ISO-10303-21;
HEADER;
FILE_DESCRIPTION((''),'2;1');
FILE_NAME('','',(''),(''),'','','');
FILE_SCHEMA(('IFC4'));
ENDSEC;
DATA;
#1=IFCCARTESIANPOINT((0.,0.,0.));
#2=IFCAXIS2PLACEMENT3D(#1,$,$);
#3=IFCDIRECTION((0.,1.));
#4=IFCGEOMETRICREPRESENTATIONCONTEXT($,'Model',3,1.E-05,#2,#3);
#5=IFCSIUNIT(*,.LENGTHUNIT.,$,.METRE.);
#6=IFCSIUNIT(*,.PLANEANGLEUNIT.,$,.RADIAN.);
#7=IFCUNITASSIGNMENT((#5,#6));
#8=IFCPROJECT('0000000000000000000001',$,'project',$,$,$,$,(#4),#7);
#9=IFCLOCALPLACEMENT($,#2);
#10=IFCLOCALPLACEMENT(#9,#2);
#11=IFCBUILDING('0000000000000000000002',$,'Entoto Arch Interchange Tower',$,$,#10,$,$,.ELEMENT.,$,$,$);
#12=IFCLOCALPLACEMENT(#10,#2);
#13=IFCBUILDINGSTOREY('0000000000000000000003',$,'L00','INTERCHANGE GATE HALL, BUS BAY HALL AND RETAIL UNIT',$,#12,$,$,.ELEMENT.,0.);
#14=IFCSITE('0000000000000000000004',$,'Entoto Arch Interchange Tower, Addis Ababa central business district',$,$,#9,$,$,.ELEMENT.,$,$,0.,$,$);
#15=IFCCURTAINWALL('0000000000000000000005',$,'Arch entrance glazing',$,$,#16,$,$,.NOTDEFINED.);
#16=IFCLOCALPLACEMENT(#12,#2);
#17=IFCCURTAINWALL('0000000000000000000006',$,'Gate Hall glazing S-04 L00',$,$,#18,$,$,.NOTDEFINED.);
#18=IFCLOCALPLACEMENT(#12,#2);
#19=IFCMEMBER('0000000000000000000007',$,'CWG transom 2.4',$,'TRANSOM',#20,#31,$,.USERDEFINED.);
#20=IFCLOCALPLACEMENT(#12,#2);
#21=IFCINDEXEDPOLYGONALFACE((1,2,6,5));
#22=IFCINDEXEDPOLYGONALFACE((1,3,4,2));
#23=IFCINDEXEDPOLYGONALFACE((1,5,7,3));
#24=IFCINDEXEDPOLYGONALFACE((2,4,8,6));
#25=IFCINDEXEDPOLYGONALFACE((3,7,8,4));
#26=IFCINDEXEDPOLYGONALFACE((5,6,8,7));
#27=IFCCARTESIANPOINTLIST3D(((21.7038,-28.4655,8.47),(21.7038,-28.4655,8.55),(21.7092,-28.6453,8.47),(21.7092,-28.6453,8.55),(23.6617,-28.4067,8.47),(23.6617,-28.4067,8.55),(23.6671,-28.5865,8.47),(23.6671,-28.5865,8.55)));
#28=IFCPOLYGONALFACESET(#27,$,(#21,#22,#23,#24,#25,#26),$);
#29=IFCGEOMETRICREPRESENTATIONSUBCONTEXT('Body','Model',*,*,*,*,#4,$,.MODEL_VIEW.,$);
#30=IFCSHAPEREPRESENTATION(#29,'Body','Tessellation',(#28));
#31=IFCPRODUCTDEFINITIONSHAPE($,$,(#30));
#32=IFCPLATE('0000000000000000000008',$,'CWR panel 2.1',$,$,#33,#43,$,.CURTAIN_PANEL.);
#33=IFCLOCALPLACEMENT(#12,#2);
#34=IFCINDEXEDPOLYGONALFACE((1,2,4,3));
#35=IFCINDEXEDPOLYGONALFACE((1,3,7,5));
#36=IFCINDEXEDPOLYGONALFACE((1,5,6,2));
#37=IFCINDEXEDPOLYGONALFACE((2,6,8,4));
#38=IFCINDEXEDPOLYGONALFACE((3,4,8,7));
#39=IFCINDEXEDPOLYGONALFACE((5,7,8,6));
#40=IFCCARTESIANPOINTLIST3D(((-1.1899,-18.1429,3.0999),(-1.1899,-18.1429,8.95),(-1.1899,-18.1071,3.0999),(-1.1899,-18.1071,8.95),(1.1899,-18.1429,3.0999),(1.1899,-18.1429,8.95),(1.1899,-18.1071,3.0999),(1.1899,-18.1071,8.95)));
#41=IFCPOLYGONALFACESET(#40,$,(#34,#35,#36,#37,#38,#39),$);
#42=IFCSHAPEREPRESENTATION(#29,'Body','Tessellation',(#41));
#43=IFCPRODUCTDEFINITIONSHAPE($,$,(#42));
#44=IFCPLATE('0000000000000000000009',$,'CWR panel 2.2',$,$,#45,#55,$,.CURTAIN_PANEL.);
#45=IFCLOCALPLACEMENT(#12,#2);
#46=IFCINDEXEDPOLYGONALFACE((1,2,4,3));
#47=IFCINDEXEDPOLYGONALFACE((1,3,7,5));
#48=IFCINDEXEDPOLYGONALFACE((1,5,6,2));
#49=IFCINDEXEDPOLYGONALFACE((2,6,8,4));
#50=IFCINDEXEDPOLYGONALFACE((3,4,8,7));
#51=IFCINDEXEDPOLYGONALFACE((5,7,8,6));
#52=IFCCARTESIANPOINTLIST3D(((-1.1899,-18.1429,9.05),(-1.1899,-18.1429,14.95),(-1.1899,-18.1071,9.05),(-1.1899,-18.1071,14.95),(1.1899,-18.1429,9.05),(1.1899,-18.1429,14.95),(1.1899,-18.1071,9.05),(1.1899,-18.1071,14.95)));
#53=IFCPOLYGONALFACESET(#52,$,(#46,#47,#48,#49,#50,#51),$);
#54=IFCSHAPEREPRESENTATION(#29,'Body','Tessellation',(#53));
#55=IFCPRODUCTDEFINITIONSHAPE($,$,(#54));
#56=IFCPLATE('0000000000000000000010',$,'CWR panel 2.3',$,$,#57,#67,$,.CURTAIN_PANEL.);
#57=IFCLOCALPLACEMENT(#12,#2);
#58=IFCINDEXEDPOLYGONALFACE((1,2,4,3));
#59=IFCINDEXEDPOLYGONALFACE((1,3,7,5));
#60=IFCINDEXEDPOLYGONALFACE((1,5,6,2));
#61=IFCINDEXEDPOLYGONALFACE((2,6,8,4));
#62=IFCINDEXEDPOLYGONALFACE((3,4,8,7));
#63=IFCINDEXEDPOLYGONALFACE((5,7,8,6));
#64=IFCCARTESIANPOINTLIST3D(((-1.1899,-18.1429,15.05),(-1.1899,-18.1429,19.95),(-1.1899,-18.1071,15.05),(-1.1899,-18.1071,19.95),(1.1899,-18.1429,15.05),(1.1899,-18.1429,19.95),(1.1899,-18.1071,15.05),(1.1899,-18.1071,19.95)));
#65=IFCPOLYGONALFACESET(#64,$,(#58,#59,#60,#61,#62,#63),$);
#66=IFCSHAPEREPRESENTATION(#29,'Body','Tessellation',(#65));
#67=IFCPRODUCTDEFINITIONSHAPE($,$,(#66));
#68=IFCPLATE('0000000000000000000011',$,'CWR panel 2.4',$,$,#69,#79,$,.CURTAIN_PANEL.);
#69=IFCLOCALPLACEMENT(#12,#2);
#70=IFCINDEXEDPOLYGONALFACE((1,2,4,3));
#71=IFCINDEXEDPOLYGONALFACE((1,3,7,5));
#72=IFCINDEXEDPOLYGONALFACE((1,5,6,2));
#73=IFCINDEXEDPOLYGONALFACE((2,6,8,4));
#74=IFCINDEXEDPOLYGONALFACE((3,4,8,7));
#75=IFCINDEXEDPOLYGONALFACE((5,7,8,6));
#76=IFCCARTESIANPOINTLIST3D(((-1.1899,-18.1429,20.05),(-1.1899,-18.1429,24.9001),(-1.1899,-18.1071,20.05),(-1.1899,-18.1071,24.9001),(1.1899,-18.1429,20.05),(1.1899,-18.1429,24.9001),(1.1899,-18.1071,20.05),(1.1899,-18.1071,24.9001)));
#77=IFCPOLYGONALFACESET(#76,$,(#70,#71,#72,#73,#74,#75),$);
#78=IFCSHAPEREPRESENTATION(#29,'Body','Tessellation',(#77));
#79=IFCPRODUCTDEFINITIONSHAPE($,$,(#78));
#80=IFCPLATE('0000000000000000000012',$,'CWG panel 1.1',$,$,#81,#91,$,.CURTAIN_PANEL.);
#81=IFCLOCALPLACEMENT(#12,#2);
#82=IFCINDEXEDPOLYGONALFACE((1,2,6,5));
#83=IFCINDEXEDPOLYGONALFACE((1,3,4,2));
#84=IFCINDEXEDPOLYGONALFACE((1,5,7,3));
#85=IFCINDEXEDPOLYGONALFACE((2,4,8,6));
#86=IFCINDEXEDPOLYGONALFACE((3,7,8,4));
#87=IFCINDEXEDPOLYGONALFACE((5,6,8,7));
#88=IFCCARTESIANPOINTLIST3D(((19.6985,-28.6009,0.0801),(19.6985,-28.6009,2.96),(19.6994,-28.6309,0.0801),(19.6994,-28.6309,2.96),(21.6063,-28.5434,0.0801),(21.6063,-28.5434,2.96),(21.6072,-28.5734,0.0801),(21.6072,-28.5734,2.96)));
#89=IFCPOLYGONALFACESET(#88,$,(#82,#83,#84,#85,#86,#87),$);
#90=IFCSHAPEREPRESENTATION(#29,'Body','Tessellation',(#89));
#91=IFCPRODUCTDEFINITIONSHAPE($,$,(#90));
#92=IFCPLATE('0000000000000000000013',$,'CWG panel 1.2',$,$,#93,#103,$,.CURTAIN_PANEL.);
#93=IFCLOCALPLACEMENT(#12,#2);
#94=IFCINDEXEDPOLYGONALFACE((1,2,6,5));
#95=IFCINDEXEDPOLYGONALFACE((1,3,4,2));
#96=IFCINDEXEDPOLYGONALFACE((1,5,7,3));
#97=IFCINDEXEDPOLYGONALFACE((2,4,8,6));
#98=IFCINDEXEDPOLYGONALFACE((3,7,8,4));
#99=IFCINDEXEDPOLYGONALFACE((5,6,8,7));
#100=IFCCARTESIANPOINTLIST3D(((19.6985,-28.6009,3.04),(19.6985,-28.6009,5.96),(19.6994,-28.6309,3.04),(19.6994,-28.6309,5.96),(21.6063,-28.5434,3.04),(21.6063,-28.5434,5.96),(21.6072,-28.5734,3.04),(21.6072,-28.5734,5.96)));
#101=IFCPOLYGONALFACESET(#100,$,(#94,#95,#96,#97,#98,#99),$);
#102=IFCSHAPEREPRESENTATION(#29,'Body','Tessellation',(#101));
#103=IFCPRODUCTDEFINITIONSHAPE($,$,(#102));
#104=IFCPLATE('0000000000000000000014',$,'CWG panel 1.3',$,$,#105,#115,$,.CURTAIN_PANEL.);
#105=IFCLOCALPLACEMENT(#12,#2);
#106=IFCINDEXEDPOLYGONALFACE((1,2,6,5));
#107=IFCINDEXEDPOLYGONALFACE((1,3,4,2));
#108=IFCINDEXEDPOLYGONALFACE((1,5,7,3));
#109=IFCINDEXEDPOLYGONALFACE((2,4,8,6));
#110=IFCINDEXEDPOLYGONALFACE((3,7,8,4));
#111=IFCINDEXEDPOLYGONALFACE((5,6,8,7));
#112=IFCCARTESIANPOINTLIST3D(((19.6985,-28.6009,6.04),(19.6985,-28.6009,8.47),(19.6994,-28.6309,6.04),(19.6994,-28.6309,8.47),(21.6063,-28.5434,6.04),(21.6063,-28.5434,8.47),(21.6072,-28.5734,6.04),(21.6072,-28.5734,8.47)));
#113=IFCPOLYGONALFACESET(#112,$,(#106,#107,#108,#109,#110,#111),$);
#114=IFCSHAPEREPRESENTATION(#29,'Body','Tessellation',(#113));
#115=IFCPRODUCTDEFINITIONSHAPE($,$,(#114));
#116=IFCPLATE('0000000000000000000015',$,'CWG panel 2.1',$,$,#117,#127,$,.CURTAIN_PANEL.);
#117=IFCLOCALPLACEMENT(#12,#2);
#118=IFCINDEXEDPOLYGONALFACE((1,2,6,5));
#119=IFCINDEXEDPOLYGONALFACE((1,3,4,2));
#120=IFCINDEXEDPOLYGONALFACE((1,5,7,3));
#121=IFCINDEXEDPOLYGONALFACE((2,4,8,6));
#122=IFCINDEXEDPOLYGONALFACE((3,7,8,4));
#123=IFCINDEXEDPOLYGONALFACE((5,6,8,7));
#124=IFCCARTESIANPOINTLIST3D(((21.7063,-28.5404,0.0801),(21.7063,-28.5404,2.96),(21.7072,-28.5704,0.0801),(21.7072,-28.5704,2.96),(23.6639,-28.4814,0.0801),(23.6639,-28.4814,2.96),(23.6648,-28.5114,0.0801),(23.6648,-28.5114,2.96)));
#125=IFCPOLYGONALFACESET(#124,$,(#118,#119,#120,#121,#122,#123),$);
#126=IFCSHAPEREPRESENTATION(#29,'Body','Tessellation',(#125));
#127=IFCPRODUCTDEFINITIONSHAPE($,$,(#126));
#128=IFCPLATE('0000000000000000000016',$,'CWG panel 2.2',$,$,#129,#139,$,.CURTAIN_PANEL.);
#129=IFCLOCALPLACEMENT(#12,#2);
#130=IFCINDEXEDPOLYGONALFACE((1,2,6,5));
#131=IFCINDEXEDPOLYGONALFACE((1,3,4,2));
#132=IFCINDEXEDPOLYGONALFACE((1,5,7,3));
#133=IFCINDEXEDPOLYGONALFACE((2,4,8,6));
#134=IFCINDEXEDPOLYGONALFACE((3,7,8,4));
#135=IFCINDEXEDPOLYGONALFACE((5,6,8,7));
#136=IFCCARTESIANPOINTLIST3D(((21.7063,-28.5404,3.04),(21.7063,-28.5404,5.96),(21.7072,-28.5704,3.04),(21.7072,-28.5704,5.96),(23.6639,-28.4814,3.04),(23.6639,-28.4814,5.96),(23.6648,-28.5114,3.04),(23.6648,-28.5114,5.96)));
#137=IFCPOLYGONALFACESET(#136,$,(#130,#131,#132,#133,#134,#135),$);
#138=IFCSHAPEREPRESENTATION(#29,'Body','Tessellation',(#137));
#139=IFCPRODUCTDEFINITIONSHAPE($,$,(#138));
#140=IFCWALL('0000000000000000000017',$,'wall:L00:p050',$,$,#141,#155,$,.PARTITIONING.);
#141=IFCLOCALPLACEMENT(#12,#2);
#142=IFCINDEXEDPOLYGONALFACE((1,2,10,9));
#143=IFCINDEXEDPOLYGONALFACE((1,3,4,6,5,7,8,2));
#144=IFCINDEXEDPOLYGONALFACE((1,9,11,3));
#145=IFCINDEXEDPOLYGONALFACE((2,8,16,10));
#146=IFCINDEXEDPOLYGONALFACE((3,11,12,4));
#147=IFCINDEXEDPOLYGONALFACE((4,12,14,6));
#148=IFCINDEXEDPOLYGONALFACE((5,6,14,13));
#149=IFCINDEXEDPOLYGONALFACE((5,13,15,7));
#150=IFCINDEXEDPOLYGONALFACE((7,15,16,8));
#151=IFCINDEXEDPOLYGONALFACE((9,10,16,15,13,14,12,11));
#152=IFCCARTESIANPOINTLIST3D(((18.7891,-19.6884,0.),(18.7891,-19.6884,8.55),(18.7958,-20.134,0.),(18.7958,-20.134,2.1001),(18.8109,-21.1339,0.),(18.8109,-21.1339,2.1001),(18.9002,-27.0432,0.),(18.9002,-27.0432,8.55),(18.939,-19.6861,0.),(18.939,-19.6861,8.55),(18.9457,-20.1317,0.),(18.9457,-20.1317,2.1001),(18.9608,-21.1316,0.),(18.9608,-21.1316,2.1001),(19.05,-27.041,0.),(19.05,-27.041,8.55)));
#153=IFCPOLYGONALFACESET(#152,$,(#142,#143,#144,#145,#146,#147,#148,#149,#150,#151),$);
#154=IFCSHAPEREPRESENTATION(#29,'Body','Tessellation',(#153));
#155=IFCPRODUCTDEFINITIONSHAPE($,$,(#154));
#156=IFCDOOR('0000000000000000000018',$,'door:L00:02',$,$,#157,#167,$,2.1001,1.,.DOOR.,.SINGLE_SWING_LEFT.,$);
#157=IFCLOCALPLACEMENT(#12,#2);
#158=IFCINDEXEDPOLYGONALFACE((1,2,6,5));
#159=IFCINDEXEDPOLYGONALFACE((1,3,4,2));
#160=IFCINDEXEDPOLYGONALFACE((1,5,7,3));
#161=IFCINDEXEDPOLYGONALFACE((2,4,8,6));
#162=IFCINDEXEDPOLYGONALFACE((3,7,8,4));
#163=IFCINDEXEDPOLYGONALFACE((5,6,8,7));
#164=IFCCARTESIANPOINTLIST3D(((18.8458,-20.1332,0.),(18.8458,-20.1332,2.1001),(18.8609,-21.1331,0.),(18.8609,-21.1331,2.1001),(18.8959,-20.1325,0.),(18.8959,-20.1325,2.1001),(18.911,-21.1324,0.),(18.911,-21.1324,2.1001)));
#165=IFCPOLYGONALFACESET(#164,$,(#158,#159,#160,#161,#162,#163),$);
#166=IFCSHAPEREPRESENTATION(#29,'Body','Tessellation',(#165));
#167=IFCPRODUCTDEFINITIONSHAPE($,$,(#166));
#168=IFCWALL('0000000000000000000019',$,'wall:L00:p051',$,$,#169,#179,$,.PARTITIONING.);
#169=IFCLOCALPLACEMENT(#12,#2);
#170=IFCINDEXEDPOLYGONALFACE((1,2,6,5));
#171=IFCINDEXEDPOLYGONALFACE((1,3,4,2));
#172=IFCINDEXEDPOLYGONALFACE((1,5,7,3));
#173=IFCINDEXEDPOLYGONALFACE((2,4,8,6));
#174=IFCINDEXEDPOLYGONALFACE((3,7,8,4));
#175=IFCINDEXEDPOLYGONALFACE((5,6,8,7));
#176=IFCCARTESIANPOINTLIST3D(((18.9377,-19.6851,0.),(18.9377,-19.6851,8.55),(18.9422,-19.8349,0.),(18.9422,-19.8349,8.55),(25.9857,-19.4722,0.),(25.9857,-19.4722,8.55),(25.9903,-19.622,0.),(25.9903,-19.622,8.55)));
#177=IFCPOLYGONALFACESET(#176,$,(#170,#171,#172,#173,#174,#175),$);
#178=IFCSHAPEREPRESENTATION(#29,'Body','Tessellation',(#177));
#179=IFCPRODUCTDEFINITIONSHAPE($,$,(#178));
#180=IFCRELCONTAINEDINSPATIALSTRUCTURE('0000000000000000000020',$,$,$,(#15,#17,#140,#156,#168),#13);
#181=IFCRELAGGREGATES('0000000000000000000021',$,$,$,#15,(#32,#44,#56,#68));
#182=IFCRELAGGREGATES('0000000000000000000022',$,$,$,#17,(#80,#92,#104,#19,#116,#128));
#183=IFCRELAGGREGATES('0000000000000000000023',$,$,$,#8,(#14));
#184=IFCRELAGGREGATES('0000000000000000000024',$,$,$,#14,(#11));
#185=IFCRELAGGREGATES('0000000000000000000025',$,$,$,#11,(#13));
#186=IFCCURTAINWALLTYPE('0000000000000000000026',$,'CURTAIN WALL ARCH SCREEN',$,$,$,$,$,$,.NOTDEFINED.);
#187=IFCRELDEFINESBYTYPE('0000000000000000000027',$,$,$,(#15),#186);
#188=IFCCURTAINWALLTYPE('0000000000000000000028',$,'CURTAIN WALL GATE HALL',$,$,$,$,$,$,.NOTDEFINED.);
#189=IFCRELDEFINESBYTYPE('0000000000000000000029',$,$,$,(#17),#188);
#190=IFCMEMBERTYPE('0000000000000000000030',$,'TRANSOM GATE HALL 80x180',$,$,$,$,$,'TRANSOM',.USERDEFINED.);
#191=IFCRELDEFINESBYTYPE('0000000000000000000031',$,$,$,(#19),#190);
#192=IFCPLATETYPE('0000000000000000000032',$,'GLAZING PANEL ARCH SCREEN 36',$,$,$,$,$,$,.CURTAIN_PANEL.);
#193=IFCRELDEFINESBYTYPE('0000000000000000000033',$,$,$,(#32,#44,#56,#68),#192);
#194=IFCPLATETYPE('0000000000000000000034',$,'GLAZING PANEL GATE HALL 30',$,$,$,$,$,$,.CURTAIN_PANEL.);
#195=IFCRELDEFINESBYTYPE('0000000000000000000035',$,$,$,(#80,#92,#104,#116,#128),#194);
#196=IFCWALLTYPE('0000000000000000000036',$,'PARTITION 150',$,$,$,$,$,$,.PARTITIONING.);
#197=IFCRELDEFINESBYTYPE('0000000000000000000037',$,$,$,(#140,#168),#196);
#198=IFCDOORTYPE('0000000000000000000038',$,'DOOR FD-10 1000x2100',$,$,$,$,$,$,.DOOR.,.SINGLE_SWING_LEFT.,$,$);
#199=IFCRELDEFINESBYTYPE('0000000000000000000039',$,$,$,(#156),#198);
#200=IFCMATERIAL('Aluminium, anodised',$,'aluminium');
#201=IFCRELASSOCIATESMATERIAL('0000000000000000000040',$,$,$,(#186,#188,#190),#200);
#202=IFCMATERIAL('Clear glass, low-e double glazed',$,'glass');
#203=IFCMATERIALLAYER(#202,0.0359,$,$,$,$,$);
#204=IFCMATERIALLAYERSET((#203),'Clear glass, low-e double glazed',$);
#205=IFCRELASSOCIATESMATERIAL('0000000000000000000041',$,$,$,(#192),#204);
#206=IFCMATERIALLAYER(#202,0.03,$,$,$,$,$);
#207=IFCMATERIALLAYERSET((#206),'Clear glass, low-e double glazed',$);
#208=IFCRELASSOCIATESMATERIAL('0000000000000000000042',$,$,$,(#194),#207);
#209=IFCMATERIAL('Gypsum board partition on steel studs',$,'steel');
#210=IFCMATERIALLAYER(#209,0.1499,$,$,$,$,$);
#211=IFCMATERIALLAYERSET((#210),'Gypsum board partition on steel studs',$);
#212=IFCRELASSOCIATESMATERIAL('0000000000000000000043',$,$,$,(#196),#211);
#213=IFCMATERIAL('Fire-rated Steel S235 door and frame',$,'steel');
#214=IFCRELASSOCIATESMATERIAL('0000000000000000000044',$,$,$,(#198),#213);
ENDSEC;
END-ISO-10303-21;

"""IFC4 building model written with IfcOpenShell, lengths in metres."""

from ifc_helpers import new_model, si_unit, direction, frame, frame_2d, origin, origin_2d, place, context, subcontext, project, spatial, rectangle, extrude, material, layer, layer_set, material_profile, profile_set, type_object, element, fill, aggregate, save


model = new_model("IFC4")

# Units and contexts
model_context = context("Model", 3, precision=1e-05, world=origin(), true_north=direction((0.0, 1.0)))
body_context = subcontext(model_context, "Body", "Model", "MODEL_VIEW")
ifc_project = project(units=[si_unit("LENGTHUNIT", "METRE"), si_unit("PLANEANGLEUNIT", "RADIAN")], contexts=[model_context])

# Site, building, storey
site_placement = place(None, origin())
site = spatial("IfcSite", under=ifc_project, at=site_placement, Name="Entoto Arch Interchange Tower, Addis Ababa central business district", CompositionType="ELEMENT", RefElevation=0.0)
building_placement = place(site_placement, origin())
building = spatial("IfcBuilding", under=site, at=building_placement, Name="Entoto Arch Interchange Tower", CompositionType="ELEMENT")
storey_placement = place(building_placement, origin())
storey = spatial("IfcBuildingStorey", under=building, at=storey_placement, Name="L00", Description="INTERCHANGE GATE HALL, BUS BAY HALL AND RETAIL UNIT", CompositionType="ELEMENT", Elevation=0.0)

# Curtain wall
ifc_material_1 = material(Name="Aluminium, anodised", Category="aluminium")
curtain_wall_type_1 = type_object("IfcCurtainWallType", Name="CURTAIN WALL ARCH SCREEN", PredefinedType="NOTDEFINED", material=ifc_material_1)
curtain_wall_1_placement = place(storey_placement, origin())
curtain_wall_1 = element("IfcCurtainWall", 1, at=curtain_wall_1_placement, inside=storey, type_object=curtain_wall_type_1, Name="Arch entrance glazing", PredefinedType="NOTDEFINED")

# Curtain wall
curtain_wall_type_2 = type_object("IfcCurtainWallType", Name="CURTAIN WALL GATE HALL", PredefinedType="NOTDEFINED", material=ifc_material_1)
curtain_wall_2_placement = place(storey_placement, origin())
curtain_wall_2 = element("IfcCurtainWall", 2, at=curtain_wall_2_placement, inside=storey, type_object=curtain_wall_type_2, Name="Gate Hall glazing S-04 L00", PredefinedType="NOTDEFINED")

# Member
ifc_material_profile_1 = material_profile(ifc_material_1, rectangle(XDim=0.1799, YDim=0.0801, at=origin_2d()))
ifc_profile_set_1 = profile_set([ifc_material_profile_1], Name="Aluminium, anodised")
member_type_1 = type_object("IfcMemberType", Name="TRANSOM GATE HALL 80x180", ElementType="TRANSOM", PredefinedType="USERDEFINED", material=ifc_profile_set_1)
member_1_placement = place(storey_placement, frame((21.7065, -28.5554, 8.51), z_axis=(0.999549, 0.03004, 0.0), x_axis=(-0.03004, 0.999549, 0.0)))
member_1 = element("IfcMember", 3, at=member_1_placement, type_object=member_type_1, Name="CWG transom 2.4", ObjectType="TRANSOM", PredefinedType="USERDEFINED", context=body_context, shape_type="SweptSolid", body=[
    extrude(rectangle(XDim=0.1799, YDim=0.0801, at=origin_2d()), origin(), (0.0, 0.0, 1.0), 1.9587),
])

# Plates
ifc_material_2 = material(Name="Clear glass, low-e double glazed", Category="glass")
ifc_layer_1 = layer(ifc_material_2, 0.0359)
ifc_layer_set_1 = layer_set([ifc_layer_1], Name="Clear glass, low-e double glazed")
plate_type_1 = type_object("IfcPlateType", Name="GLAZING PANEL ARCH SCREEN 36", PredefinedType="CURTAIN_PANEL", material=ifc_layer_set_1)
plate_1_placement = place(storey_placement, frame((0.0, -18.125, 3.0999), z_axis=(0.0, 0.0, 1.0), x_axis=(1.0, 0.0, 0.0)))
plate_1 = element("IfcPlate", 4, at=plate_1_placement, type_object=plate_type_1, Name="CWR panel 2.1", PredefinedType="CURTAIN_PANEL", context=body_context, shape_type="SweptSolid", body=[
    extrude(rectangle(XDim=2.3799, YDim=0.0359, at=origin_2d()), origin(), (0.0, 0.0, 1.0), 5.8501),
])
plate_2_placement = place(storey_placement, frame((0.0, -18.125, 9.05), z_axis=(0.0, 0.0, 1.0), x_axis=(1.0, 0.0, 0.0)))
plate_2 = element("IfcPlate", 5, at=plate_2_placement, type_object=plate_type_1, Name="CWR panel 2.2", PredefinedType="CURTAIN_PANEL", context=body_context, shape_type="SweptSolid", body=[
    extrude(rectangle(XDim=2.3799, YDim=0.0359, at=origin_2d()), origin(), (0.0, 0.0, 1.0), 5.8999),
])
plate_3_placement = place(storey_placement, frame((0.0, -18.125, 15.05), z_axis=(0.0, 0.0, 1.0), x_axis=(1.0, 0.0, 0.0)))
plate_3 = element("IfcPlate", 6, at=plate_3_placement, type_object=plate_type_1, Name="CWR panel 2.3", PredefinedType="CURTAIN_PANEL", context=body_context, shape_type="SweptSolid", body=[
    extrude(rectangle(XDim=2.3799, YDim=0.0359, at=origin_2d()), origin(), (0.0, 0.0, 1.0), 4.8999),
])
plate_4_placement = place(storey_placement, frame((0.0, -18.125, 20.05), z_axis=(0.0, 0.0, 1.0), x_axis=(1.0, 0.0, 0.0)))
plate_4 = element("IfcPlate", 7, at=plate_4_placement, type_object=plate_type_1, Name="CWR panel 2.4", PredefinedType="CURTAIN_PANEL", context=body_context, shape_type="SweptSolid", body=[
    extrude(rectangle(XDim=2.3799, YDim=0.0359, at=origin_2d()), origin(), (0.0, 0.0, 1.0), 4.8501),
])
aggregate(curtain_wall_1, [plate_1, plate_2, plate_3, plate_4])
ifc_layer_2 = layer(ifc_material_2, 0.03)
ifc_layer_set_2 = layer_set([ifc_layer_2], Name="Clear glass, low-e double glazed")
plate_type_2 = type_object("IfcPlateType", Name="GLAZING PANEL GATE HALL 30", PredefinedType="CURTAIN_PANEL", material=ifc_layer_set_2)
plate_5_placement = place(storey_placement, frame((20.6528, -28.5872, 0.0801), z_axis=(0.0, 0.0, 1.0), x_axis=(0.999546, 0.030118, 0.0)))
plate_5 = element("IfcPlate", 8, at=plate_5_placement, type_object=plate_type_2, Name="CWG panel 1.1", PredefinedType="CURTAIN_PANEL", context=body_context, shape_type="SweptSolid", body=[
    extrude(rectangle(XDim=1.9087, YDim=0.03, at=origin_2d()), origin(), (0.0, 0.0, 1.0), 2.8799),
])
plate_6_placement = place(storey_placement, frame((20.6528, -28.5872, 3.04), z_axis=(0.0, 0.0, 1.0), x_axis=(0.999546, 0.030118, 0.0)))
plate_6 = element("IfcPlate", 9, at=plate_6_placement, type_object=plate_type_2, Name="CWG panel 1.2", PredefinedType="CURTAIN_PANEL", context=body_context, shape_type="SweptSolid", body=[
    extrude(rectangle(XDim=1.9087, YDim=0.03, at=origin_2d()), origin(), (0.0, 0.0, 1.0), 2.9199),
])
plate_7_placement = place(storey_placement, frame((20.6528, -28.5872, 6.04), z_axis=(0.0, 0.0, 1.0), x_axis=(0.999546, 0.030118, 0.0)))
plate_7 = element("IfcPlate", 10, at=plate_7_placement, type_object=plate_type_2, Name="CWG panel 1.3", PredefinedType="CURTAIN_PANEL", context=body_context, shape_type="SweptSolid", body=[
    extrude(rectangle(XDim=1.9087, YDim=0.03, at=origin_2d()), origin(), (0.0, 0.0, 1.0), 2.4299),
])
plate_8_placement = place(storey_placement, frame((22.6855, -28.5259, 0.0801), z_axis=(0.0, 0.0, 1.0), x_axis=(0.999546, 0.030118, 0.0)))
plate_8 = element("IfcPlate", 11, at=plate_8_placement, type_object=plate_type_2, Name="CWG panel 2.1", PredefinedType="CURTAIN_PANEL", context=body_context, shape_type="SweptSolid", body=[
    extrude(rectangle(XDim=1.9585, YDim=0.03, at=origin_2d()), origin(), (0.0, 0.0, 1.0), 2.8799),
])
plate_9_placement = place(storey_placement, frame((22.6855, -28.5259, 3.04), z_axis=(0.0, 0.0, 1.0), x_axis=(0.999546, 0.030118, 0.0)))
plate_9 = element("IfcPlate", 12, at=plate_9_placement, type_object=plate_type_2, Name="CWG panel 2.2", PredefinedType="CURTAIN_PANEL", context=body_context, shape_type="SweptSolid", body=[
    extrude(rectangle(XDim=1.9585, YDim=0.03, at=origin_2d()), origin(), (0.0, 0.0, 1.0), 2.9199),
])
aggregate(curtain_wall_2, [plate_5, plate_6, plate_7, member_1, plate_8, plate_9])

# Wall, opening, door
ifc_material_3 = material(Name="Gypsum board partition on steel studs", Category="steel")
ifc_layer_3 = layer(ifc_material_3, 0.1499)
ifc_layer_set_3 = layer_set([ifc_layer_3], Name="Gypsum board partition on steel studs")
wall_type_1 = type_object("IfcWallType", Name="PARTITION 150", PredefinedType="PARTITIONING", material=ifc_layer_set_3)
wall_1_placement = place(storey_placement, frame((18.9751, -27.042, 0.0), z_axis=(0.0, 0.0, 1.0), x_axis=(-0.015102, 0.999886, 0.0)))
wall_1 = element("IfcWall", 13, at=wall_1_placement, inside=storey, type_object=wall_type_1, Name="wall:L00:p050", PredefinedType="PARTITIONING", context=body_context, shape_type="SweptSolid", body=[
    extrude(rectangle(XDim=7.3557, YDim=0.1499, at=frame_2d((3.6777, 0.0))), origin(), (0.0, 0.0, 1.0), 8.55),
])
opening_placement = place(wall_1_placement, frame((5.9099, 0.0, 0.0)))
opening = element("IfcOpeningElement", 14, at=opening_placement, cuts=wall_1, PredefinedType="OPENING", context=body_context, shape_type="SweptSolid", body=[
    extrude(rectangle(XDim=1.0, YDim=2.1001, at=frame_2d((0.5, 1.05))), frame((0.0, 0.085, 0.0), z_axis=(0.0, -1.0, 0.0), x_axis=(1.0, 0.0, 0.0)), (0.0, 0.0, 1.0), 0.1699),
])
ifc_material_4 = material(Name="Fire-rated Steel S235 door and frame", Category="steel")
door_type = type_object("IfcDoorType", Name="DOOR FD-10 1000x2100", OperationType="SINGLE_SWING_LEFT", PredefinedType="DOOR", material=ifc_material_4)
door_placement = place(opening_placement, origin())
door = element("IfcDoor", 15, at=door_placement, inside=storey, type_object=door_type, Name="door:L00:02", OperationType="SINGLE_SWING_LEFT", OverallHeight=2.1001, OverallWidth=1.0, PredefinedType="DOOR", context=body_context, shape_type="SweptSolid", body=[
    extrude(rectangle(XDim=1.0, YDim=2.1001, at=frame_2d((0.5, 1.05))), frame((0.0, 0.0249, 0.0), z_axis=(0.0, -1.0, 0.0), x_axis=(1.0, 0.0, 0.0)), (0.0, 0.0, 1.0), 0.05),
])
fill(opening, door)

# Wall
wall_2_placement = place(storey_placement, frame((18.9399, -19.76, 0.0), z_axis=(0.0, 0.0, 1.0), x_axis=(0.999544, 0.030192, 0.0)))
element("IfcWall", 16, at=wall_2_placement, inside=storey, type_object=wall_type_1, Name="wall:L00:p051", PredefinedType="PARTITIONING", context=body_context, shape_type="SweptSolid", body=[
    extrude(rectangle(XDim=7.0513, YDim=0.1499, at=frame_2d((3.5256, 0.0))), origin(), (0.0, 0.0, 1.0), 8.55),
])

save(model, "model.ifc")
